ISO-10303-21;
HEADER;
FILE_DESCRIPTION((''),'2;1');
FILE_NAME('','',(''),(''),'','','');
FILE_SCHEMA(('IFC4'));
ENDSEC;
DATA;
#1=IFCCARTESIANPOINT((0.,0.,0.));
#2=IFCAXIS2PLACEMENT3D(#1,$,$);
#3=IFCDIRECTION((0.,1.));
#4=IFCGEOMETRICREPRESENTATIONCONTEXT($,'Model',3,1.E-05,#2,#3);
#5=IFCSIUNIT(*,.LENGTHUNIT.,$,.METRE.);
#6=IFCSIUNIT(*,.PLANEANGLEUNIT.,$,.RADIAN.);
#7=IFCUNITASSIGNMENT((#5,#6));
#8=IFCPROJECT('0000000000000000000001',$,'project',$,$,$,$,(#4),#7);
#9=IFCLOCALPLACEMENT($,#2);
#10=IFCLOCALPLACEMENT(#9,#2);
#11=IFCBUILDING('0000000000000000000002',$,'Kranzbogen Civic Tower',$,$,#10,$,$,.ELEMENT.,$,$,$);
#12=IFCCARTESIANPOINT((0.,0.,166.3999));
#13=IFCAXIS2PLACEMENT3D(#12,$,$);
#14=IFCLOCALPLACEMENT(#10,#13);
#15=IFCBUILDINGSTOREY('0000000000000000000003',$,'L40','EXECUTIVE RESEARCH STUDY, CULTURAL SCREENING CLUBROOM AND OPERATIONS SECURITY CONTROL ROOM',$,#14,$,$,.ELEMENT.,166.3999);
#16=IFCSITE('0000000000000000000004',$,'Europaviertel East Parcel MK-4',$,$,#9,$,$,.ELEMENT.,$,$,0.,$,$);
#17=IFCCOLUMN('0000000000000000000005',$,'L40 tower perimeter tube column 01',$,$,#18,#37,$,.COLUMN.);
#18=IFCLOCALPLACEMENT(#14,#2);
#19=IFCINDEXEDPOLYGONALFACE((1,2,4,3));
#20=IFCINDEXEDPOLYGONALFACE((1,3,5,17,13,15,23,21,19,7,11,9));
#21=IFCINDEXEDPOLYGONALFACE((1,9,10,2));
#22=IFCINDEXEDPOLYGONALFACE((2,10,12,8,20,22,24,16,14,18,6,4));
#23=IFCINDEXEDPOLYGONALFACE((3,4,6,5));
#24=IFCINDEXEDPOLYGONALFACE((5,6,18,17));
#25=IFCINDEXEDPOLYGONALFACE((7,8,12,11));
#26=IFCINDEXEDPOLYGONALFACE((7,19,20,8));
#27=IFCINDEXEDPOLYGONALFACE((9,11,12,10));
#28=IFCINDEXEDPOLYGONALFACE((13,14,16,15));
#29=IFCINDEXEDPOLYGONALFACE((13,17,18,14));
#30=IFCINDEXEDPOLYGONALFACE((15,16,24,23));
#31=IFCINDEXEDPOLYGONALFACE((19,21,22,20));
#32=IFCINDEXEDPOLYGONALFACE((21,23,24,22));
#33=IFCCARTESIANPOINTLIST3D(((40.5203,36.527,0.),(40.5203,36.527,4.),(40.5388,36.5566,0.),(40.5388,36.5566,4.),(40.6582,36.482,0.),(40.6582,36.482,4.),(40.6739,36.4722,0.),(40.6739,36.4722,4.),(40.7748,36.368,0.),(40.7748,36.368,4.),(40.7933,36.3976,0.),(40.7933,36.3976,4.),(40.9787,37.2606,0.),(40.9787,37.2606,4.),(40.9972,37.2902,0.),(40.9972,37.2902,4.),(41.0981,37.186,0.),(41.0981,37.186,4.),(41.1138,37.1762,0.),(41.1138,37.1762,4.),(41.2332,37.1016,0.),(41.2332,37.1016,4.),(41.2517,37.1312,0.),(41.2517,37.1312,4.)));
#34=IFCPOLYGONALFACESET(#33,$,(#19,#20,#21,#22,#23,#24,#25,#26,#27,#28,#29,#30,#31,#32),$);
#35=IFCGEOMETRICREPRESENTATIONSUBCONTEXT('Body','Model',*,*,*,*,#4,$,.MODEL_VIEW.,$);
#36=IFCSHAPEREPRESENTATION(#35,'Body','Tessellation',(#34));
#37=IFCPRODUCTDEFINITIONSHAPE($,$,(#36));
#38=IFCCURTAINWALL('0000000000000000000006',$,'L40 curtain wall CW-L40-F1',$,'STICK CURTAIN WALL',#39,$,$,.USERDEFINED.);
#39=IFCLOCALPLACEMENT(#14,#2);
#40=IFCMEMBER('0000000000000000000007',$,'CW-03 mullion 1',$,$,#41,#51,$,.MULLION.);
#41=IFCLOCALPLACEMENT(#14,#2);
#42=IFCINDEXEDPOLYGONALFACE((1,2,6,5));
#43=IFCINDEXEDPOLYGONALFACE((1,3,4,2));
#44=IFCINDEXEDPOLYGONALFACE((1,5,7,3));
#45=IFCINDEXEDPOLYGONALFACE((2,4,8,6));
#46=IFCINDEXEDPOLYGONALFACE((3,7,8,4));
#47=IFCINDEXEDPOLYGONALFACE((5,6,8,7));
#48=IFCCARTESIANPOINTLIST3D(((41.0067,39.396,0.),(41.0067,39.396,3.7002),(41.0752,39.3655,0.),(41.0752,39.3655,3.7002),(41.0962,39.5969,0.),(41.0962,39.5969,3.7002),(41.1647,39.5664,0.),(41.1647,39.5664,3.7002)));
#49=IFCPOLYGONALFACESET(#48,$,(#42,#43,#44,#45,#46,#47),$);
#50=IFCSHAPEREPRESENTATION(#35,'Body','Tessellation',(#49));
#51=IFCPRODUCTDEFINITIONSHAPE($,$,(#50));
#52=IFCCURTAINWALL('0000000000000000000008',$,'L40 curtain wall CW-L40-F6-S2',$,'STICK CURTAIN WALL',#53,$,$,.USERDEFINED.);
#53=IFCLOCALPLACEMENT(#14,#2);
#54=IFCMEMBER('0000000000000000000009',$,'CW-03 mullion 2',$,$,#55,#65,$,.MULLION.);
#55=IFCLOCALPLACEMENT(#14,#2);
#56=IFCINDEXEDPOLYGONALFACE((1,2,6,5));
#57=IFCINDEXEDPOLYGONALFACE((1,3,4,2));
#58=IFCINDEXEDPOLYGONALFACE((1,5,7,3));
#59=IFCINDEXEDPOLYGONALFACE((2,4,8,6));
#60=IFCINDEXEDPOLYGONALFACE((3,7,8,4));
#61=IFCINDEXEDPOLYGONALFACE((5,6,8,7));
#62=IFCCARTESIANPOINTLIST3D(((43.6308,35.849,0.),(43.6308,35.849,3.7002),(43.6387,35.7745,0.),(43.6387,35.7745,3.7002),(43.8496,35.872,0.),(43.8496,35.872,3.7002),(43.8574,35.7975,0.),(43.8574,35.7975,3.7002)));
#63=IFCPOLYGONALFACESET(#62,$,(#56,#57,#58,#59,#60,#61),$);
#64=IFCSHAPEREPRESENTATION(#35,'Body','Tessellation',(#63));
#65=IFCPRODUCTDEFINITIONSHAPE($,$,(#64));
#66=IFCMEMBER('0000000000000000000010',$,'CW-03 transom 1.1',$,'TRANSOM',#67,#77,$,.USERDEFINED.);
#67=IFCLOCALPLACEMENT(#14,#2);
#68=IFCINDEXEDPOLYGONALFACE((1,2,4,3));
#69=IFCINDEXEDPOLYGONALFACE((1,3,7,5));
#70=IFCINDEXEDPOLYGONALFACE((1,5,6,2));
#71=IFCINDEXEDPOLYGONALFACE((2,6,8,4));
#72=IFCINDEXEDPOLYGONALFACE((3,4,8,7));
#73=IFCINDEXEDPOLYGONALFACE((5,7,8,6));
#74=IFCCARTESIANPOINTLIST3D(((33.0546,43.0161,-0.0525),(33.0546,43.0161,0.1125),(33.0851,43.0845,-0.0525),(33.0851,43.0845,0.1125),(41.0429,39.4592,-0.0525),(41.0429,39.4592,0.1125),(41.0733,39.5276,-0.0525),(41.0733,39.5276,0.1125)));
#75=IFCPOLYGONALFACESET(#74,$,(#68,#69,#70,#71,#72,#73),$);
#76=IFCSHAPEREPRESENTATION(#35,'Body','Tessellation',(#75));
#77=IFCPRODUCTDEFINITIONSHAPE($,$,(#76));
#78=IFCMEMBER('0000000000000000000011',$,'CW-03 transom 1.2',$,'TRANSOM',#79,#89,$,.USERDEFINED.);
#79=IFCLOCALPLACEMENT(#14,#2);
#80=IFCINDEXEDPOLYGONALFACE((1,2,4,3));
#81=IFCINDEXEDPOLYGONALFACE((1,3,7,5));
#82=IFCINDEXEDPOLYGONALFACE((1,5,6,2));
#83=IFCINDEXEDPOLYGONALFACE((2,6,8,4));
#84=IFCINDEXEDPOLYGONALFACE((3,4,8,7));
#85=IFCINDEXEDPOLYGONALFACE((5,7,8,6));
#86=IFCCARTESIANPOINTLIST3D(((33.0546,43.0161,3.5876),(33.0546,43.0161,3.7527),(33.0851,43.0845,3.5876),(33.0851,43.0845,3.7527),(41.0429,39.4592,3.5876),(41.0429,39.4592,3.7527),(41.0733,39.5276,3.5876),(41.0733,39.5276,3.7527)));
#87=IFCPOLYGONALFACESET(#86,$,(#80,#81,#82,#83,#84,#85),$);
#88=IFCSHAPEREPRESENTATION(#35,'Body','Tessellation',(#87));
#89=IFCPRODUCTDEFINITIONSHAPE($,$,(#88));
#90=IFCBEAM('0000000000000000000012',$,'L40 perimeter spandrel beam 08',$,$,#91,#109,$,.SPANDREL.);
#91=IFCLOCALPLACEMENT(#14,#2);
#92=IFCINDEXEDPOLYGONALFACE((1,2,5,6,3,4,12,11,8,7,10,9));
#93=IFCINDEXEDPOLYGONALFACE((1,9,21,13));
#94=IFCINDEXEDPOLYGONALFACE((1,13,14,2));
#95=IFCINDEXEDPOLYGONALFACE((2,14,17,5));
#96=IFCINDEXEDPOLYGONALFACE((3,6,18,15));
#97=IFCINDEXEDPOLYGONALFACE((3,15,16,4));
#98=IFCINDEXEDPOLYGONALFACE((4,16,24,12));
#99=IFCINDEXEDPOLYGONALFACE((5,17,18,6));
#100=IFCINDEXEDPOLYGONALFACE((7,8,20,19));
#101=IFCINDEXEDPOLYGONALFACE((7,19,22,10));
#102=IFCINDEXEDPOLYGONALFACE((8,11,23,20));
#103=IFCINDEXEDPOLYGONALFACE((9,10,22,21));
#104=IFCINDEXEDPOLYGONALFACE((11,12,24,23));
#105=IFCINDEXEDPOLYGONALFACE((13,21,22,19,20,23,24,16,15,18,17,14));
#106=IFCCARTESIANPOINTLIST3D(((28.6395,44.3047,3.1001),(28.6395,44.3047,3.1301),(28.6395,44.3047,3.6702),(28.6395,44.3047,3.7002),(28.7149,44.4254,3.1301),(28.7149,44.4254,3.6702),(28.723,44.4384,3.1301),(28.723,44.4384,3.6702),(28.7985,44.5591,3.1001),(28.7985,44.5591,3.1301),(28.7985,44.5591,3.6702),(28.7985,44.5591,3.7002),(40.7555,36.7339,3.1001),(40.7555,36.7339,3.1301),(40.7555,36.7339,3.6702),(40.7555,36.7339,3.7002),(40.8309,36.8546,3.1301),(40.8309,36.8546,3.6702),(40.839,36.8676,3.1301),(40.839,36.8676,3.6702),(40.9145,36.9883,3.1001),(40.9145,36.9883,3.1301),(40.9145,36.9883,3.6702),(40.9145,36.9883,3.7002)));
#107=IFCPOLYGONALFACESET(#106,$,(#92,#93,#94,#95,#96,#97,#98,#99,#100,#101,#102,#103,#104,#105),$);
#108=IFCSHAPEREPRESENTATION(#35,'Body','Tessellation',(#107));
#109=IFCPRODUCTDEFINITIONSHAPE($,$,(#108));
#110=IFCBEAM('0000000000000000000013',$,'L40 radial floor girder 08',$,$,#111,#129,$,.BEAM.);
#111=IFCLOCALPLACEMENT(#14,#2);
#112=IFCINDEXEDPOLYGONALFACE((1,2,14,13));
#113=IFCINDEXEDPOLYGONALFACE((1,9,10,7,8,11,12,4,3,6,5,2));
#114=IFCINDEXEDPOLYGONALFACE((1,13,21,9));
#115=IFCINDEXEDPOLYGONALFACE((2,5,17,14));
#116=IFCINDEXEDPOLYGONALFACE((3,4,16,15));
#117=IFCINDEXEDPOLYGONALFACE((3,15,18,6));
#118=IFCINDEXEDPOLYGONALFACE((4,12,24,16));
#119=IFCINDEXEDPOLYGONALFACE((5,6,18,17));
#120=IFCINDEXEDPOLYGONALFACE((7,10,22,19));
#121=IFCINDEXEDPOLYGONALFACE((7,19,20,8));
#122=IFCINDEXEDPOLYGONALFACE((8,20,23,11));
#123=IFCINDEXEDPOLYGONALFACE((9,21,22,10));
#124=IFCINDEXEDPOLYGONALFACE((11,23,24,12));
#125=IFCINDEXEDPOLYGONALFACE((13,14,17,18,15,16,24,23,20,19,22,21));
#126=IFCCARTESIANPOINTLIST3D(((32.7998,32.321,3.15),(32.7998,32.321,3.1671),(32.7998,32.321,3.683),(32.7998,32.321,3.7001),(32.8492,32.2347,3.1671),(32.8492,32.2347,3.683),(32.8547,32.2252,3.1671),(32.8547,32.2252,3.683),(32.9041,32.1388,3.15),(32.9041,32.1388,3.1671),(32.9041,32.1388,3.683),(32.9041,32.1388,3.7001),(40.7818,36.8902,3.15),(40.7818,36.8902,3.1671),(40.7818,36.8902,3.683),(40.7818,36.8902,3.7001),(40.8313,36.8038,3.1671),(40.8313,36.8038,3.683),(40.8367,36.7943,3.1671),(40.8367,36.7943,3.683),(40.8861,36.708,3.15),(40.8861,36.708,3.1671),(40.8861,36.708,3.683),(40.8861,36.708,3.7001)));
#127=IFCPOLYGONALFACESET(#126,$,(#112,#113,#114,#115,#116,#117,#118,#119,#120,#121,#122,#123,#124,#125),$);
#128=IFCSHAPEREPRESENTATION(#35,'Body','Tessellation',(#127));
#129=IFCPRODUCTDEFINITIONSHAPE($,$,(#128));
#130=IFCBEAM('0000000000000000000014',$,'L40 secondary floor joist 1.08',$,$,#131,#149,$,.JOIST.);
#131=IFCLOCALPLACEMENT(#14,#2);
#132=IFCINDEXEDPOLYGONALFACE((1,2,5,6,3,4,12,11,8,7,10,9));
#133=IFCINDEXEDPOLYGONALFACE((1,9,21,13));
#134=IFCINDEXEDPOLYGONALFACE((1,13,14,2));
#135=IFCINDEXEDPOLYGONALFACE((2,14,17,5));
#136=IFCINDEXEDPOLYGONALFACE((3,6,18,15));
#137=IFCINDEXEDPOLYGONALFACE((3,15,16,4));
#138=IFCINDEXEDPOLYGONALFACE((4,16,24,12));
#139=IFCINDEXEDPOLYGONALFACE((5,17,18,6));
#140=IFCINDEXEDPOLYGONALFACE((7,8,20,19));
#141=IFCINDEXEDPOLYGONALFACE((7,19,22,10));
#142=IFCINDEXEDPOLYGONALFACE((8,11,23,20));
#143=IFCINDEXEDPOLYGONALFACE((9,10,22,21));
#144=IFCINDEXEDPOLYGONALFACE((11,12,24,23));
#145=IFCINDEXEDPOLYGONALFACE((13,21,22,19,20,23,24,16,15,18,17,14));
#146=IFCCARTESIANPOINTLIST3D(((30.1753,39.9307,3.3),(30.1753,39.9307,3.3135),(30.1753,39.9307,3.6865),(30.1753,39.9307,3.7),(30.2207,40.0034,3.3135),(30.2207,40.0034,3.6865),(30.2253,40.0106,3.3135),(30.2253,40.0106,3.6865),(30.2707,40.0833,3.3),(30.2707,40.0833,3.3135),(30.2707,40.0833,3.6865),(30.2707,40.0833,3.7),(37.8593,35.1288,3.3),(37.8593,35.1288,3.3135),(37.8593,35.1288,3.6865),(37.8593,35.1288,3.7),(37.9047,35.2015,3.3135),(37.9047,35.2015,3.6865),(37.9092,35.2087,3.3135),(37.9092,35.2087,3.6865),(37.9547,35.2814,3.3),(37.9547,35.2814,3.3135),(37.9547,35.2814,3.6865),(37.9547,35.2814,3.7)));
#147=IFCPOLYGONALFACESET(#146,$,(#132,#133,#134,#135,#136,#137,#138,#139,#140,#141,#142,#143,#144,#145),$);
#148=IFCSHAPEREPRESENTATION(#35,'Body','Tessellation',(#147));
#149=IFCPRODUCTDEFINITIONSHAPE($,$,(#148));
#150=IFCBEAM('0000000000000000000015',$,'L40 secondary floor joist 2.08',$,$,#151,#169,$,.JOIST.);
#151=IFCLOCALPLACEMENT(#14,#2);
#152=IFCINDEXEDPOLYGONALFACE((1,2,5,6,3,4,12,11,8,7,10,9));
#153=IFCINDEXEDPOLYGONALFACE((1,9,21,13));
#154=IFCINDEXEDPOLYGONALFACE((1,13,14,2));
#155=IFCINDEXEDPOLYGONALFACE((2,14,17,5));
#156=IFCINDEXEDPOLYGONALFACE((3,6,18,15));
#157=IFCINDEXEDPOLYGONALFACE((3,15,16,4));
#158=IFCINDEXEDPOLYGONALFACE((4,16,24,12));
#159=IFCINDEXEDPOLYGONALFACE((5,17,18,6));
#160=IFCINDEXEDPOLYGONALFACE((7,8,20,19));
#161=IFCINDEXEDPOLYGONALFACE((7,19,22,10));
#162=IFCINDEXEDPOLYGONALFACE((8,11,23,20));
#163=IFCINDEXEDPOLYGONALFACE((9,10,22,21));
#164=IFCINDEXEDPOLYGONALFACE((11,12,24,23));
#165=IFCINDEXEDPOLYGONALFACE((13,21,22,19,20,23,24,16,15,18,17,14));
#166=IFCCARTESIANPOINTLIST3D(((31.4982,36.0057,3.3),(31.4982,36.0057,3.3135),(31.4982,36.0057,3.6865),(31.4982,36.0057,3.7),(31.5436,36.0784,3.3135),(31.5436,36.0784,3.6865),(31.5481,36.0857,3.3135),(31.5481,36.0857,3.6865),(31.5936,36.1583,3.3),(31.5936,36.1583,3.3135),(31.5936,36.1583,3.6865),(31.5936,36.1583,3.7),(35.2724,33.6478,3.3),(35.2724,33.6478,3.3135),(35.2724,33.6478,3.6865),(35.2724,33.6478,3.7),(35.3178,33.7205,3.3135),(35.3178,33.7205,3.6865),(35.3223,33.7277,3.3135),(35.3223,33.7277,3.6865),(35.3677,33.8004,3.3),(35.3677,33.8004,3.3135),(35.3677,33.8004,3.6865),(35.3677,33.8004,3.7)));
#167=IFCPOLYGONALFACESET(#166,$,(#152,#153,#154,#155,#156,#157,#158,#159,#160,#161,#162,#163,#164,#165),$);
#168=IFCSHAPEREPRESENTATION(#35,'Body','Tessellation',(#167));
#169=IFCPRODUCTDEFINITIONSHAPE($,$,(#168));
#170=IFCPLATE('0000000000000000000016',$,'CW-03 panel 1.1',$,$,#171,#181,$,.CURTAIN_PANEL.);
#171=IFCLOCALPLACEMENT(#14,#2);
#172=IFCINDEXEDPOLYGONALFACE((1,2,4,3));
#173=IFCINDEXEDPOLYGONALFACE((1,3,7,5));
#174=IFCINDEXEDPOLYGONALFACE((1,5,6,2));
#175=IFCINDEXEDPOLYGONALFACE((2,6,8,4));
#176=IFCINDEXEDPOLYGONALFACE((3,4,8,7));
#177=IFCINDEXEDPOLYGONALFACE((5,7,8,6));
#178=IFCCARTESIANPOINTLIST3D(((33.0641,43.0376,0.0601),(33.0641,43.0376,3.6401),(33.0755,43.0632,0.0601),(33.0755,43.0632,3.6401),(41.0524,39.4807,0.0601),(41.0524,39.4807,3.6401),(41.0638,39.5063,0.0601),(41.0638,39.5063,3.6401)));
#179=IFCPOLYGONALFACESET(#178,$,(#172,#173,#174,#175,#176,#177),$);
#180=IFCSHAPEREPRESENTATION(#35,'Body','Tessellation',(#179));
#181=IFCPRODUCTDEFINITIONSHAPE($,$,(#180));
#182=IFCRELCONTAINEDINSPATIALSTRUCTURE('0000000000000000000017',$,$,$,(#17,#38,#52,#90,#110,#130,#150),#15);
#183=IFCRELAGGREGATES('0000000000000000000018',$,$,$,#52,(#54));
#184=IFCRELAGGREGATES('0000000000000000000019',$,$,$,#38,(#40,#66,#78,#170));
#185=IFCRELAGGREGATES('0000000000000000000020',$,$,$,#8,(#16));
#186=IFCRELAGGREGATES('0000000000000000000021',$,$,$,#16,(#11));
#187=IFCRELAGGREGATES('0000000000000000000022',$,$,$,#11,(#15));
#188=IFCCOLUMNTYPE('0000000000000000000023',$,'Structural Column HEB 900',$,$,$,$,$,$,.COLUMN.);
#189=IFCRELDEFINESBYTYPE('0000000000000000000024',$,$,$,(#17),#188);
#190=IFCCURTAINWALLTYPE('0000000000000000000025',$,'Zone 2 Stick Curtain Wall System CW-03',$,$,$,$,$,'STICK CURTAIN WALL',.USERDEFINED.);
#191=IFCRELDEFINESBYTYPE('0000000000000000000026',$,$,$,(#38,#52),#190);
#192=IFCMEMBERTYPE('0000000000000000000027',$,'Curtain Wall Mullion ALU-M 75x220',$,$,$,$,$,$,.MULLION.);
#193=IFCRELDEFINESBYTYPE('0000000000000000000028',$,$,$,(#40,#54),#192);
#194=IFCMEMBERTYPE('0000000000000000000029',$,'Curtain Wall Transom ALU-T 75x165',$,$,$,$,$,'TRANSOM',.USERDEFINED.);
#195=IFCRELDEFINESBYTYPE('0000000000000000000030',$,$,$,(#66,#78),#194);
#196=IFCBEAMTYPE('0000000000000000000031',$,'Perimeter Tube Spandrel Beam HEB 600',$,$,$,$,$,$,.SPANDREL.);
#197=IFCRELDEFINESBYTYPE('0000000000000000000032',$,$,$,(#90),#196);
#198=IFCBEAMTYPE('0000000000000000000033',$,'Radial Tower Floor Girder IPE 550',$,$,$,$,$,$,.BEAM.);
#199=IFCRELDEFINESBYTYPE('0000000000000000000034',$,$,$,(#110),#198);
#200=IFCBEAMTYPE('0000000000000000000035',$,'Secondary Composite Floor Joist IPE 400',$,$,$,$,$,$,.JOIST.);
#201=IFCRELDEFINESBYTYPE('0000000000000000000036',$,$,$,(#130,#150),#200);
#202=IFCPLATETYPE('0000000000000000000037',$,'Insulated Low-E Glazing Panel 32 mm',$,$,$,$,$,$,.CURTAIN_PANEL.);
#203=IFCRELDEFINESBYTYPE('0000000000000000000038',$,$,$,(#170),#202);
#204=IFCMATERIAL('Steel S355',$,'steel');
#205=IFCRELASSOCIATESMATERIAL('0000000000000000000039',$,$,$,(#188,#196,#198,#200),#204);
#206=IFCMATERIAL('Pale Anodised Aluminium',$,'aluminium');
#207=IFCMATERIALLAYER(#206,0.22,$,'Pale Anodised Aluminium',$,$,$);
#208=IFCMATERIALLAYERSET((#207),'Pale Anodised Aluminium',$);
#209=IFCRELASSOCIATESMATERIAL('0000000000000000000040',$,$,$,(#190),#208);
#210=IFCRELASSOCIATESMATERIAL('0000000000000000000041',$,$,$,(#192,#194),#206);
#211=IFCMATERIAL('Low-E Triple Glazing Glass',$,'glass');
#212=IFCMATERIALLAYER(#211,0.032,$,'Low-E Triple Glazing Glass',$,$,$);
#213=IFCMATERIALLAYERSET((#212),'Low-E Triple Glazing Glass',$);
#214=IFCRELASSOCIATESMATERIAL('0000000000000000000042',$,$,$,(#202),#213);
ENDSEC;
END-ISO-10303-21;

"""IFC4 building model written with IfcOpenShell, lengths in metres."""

from ifc_helpers import new_model, si_unit, direction, frame, origin, origin_2d, place, context, subcontext, project, spatial, rectangle, i_section, extrude, material, layer, layer_set, material_profile, profile_set, type_object, element, aggregate, save


model = new_model("IFC4")

# Units and contexts
model_context = context("Model", 3, precision=1e-05, world=origin(), true_north=direction((0.0, 1.0)))
body_context = subcontext(model_context, "Body", "Model", "MODEL_VIEW")
ifc_project = project(units=[si_unit("LENGTHUNIT", "METRE"), si_unit("PLANEANGLEUNIT", "RADIAN")], contexts=[model_context])

# Site, building, storey
site_placement = place(None, origin())
site = spatial("IfcSite", under=ifc_project, at=site_placement, Name="Europaviertel East Parcel MK-4", CompositionType="ELEMENT", RefElevation=0.0)
building_placement = place(site_placement, origin())
building = spatial("IfcBuilding", under=site, at=building_placement, Name="Kranzbogen Civic Tower", CompositionType="ELEMENT")
storey_placement = place(building_placement, frame((0.0, 0.0, 166.3999)))
storey = spatial("IfcBuildingStorey", under=building, at=storey_placement, Name="L40", Description="EXECUTIVE RESEARCH STUDY, CULTURAL SCREENING CLUBROOM AND OPERATIONS SECURITY CONTROL ROOM", CompositionType="ELEMENT", Elevation=166.3999)

# Column
ifc_material_1 = material(Name="Steel S355", Category="steel")
ifc_material_profile_1 = material_profile(ifc_material_1, i_section(OverallWidth=0.3, OverallDepth=0.8999, WebThickness=0.0186, FlangeThickness=0.0349, at=origin_2d()), Name="HEB 900")
ifc_profile_set_1 = profile_set([ifc_material_profile_1], Name="Steel S355")
column_type = type_object("IfcColumnType", Name="Structural Column HEB 900", PredefinedType="COLUMN", material=ifc_profile_set_1)
column_placement = place(storey_placement, frame((40.886, 36.8291, 0.0), z_axis=(0.0, 0.0, 1.0), x_axis=(-0.848048, 0.529919, 0.0)))
element("IfcColumn", 1, at=column_placement, inside=storey, type_object=column_type, Name="L40 tower perimeter tube column 01", PredefinedType="COLUMN", context=body_context, shape_type="SweptSolid", body=[
    extrude(i_section(OverallWidth=0.3, OverallDepth=0.8999, WebThickness=0.0186, FlangeThickness=0.0349, at=origin_2d()), origin(), (0.0, 0.0, 1.0), 4.0),
])

# Curtain walls, members
ifc_material_2 = material(Name="Pale Anodised Aluminium", Category="aluminium")
ifc_layer_1 = layer(ifc_material_2, 0.22, Name="Pale Anodised Aluminium")
ifc_layer_set_1 = layer_set([ifc_layer_1], Name="Pale Anodised Aluminium")
curtain_wall_type = type_object("IfcCurtainWallType", Name="Zone 2 Stick Curtain Wall System CW-03", ElementType="STICK CURTAIN WALL", PredefinedType="USERDEFINED", material=ifc_layer_set_1)
curtain_wall_1_placement = place(storey_placement, origin())
curtain_wall_1 = element("IfcCurtainWall", 2, at=curtain_wall_1_placement, inside=storey, type_object=curtain_wall_type, Name="L40 curtain wall CW-L40-F1", ObjectType="STICK CURTAIN WALL", PredefinedType="USERDEFINED")
ifc_material_profile_2 = material_profile(ifc_material_2, rectangle(XDim=0.075, YDim=0.22, at=origin_2d()), Name="ALU-M 75x220")
ifc_profile_set_2 = profile_set([ifc_material_profile_2], Name="Pale Anodised Aluminium")
member_type_1 = type_object("IfcMemberType", Name="Curtain Wall Mullion ALU-M 75x220", PredefinedType="MULLION", material=ifc_profile_set_2)
member_1_placement = place(storey_placement, frame((41.0857, 39.4812, 0.0), z_axis=(0.0, 0.0, 1.0), x_axis=(-0.913534, 0.406763, 0.0)))
member_1 = element("IfcMember", 3, at=member_1_placement, type_object=member_type_1, Name="CW-03 mullion 1", PredefinedType="MULLION", context=body_context, shape_type="SweptSolid", body=[
    extrude(rectangle(XDim=0.075, YDim=0.22, at=origin_2d()), origin(), (0.0, 0.0, 1.0), 3.7002),
])
curtain_wall_2_placement = place(storey_placement, origin())
curtain_wall_2 = element("IfcCurtainWall", 4, at=curtain_wall_2_placement, inside=storey, type_object=curtain_wall_type, Name="L40 curtain wall CW-L40-F6-S2", ObjectType="STICK CURTAIN WALL", PredefinedType="USERDEFINED")
member_2_placement = place(storey_placement, frame((43.7441, 35.8232, 0.0), z_axis=(0.0, 0.0, 1.0), x_axis=(-0.104535, 0.994521, 0.0)))
member_2 = element("IfcMember", 5, at=member_2_placement, type_object=member_type_1, Name="CW-03 mullion 2", PredefinedType="MULLION", context=body_context, shape_type="SweptSolid", body=[
    extrude(rectangle(XDim=0.075, YDim=0.22, at=origin_2d()), origin(), (0.0, 0.0, 1.0), 3.7002),
])
aggregate(curtain_wall_2, [member_2])

# Members
ifc_material_profile_3 = material_profile(ifc_material_2, rectangle(XDim=0.075, YDim=0.165, at=origin_2d()), Name="ALU-T 75x165")
ifc_profile_set_3 = profile_set([ifc_material_profile_3], Name="Pale Anodised Aluminium")
member_type_2 = type_object("IfcMemberType", Name="Curtain Wall Transom ALU-T 75x165", ElementType="TRANSOM", PredefinedType="USERDEFINED", material=ifc_profile_set_3)
member_3_placement = place(storey_placement, frame((41.0581, 39.4934, 0.03), z_axis=(-0.913534, 0.406763, 0.0), x_axis=(-0.406763, -0.913534, 0.0)))
member_3 = element("IfcMember", 6, at=member_3_placement, type_object=member_type_2, Name="CW-03 transom 1.1", ObjectType="TRANSOM", PredefinedType="USERDEFINED", context=body_context, shape_type="SweptSolid", body=[
    extrude(rectangle(XDim=0.075, YDim=0.165, at=origin_2d()), origin(), (0.0, 0.0, 1.0), 8.7444),
])
member_4_placement = place(storey_placement, frame((41.0581, 39.4934, 3.6702), z_axis=(-0.913534, 0.406763, 0.0), x_axis=(-0.406763, -0.913534, 0.0)))
member_4 = element("IfcMember", 7, at=member_4_placement, type_object=member_type_2, Name="CW-03 transom 1.2", ObjectType="TRANSOM", PredefinedType="USERDEFINED", context=body_context, shape_type="SweptSolid", body=[
    extrude(rectangle(XDim=0.075, YDim=0.165, at=origin_2d()), origin(), (0.0, 0.0, 1.0), 8.7444),
])

# Beams
ifc_material_profile_4 = material_profile(ifc_material_1, i_section(OverallWidth=0.3, OverallDepth=0.6001, WebThickness=0.0154, FlangeThickness=0.03, at=origin_2d()), Name="HEB 600")
ifc_profile_set_4 = profile_set([ifc_material_profile_4], Name="Steel S355")
beam_type_1 = type_object("IfcBeamType", Name="Perimeter Tube Spandrel Beam HEB 600", PredefinedType="SPANDREL", material=ifc_profile_set_4)
beam_1_placement = place(storey_placement, frame((40.835, 36.8611, 3.4001), z_axis=(-0.848051, 0.529914, 0.0), x_axis=(-0.529914, -0.848051, 0.0)))
element("IfcBeam", 8, at=beam_1_placement, inside=storey, type_object=beam_type_1, Name="L40 perimeter spandrel beam 08", PredefinedType="SPANDREL", context=body_context, shape_type="SweptSolid", body=[
    extrude(i_section(OverallWidth=0.3, OverallDepth=0.6001, WebThickness=0.0154, FlangeThickness=0.03, at=origin_2d()), origin(), (0.0, 0.0, 1.0), 14.2869),
])
ifc_material_profile_5 = material_profile(ifc_material_1, i_section(OverallWidth=0.21, OverallDepth=0.55, WebThickness=0.011, FlangeThickness=0.0171, at=origin_2d()), Name="IPE 550")
ifc_profile_set_5 = profile_set([ifc_material_profile_5], Name="Steel S355")
beam_type_2 = type_object("IfcBeamType", Name="Radial Tower Floor Girder IPE 550", PredefinedType="BEAM", material=ifc_profile_set_5)
beam_2_placement = place(storey_placement, frame((40.834, 36.7991, 3.425), z_axis=(-0.867869, -0.496793, 0.0), x_axis=(0.496793, -0.867869, 0.0)))
element("IfcBeam", 9, at=beam_2_placement, inside=storey, type_object=beam_type_2, Name="L40 radial floor girder 08", PredefinedType="BEAM", context=body_context, shape_type="SweptSolid", body=[
    extrude(i_section(OverallWidth=0.21, OverallDepth=0.55, WebThickness=0.011, FlangeThickness=0.0171, at=origin_2d()), origin(), (0.0, 0.0, 1.0), 9.1973),
])
ifc_material_profile_6 = material_profile(ifc_material_1, i_section(OverallWidth=0.1799, OverallDepth=0.3999, WebThickness=0.0085, FlangeThickness=0.0134, at=origin_2d()), Name="IPE 400")
ifc_profile_set_6 = profile_set([ifc_material_profile_6], Name="Steel S355")
beam_type_3 = type_object("IfcBeamType", Name="Secondary Composite Floor Joist IPE 400", PredefinedType="JOIST", material=ifc_profile_set_6)
beam_3_placement = place(storey_placement, frame((37.907, 35.2051, 3.5), z_axis=(-0.848026, 0.529955, 0.0), x_axis=(-0.529955, -0.848026, 0.0)))
element("IfcBeam", 10, at=beam_3_placement, inside=storey, type_object=beam_type_3, Name="L40 secondary floor joist 1.08", PredefinedType="JOIST", context=body_context, shape_type="SweptSolid", body=[
    extrude(i_section(OverallWidth=0.1799, OverallDepth=0.3999, WebThickness=0.0085, FlangeThickness=0.0134, at=origin_2d()), origin(), (0.0, 0.0, 1.0), 9.061),
])
beam_4_placement = place(storey_placement, frame((35.3201, 33.7241, 3.5), z_axis=(-0.848094, 0.529846, 0.0), x_axis=(-0.529846, -0.848094, 0.0)))
element("IfcBeam", 11, at=beam_4_placement, inside=storey, type_object=beam_type_3, Name="L40 secondary floor joist 2.08", PredefinedType="JOIST", context=body_context, shape_type="SweptSolid", body=[
    extrude(i_section(OverallWidth=0.1799, OverallDepth=0.3999, WebThickness=0.0085, FlangeThickness=0.0134, at=origin_2d()), origin(), (0.0, 0.0, 1.0), 4.4502),
])

# Plate
ifc_material_3 = material(Name="Low-E Triple Glazing Glass", Category="glass")
ifc_layer_2 = layer(ifc_material_3, 0.032, Name="Low-E Triple Glazing Glass")
ifc_layer_set_2 = layer_set([ifc_layer_2], Name="Low-E Triple Glazing Glass")
plate_type = type_object("IfcPlateType", Name="Insulated Low-E Glazing Panel 32 mm", PredefinedType="CURTAIN_PANEL", material=ifc_layer_set_2)
plate_placement = place(storey_placement, frame((37.064, 41.272, 0.0601), z_axis=(0.0, 0.0, 1.0), x_axis=(-0.913534, 0.406763, 0.0)))
plate = element("IfcPlate", 12, at=plate_placement, type_object=plate_type, Name="CW-03 panel 1.1", PredefinedType="CURTAIN_PANEL", context=body_context, shape_type="SweptSolid", body=[
    extrude(rectangle(XDim=8.7444, YDim=0.0281, at=origin_2d()), origin(), (0.0, 0.0, 1.0), 3.5801),
])
aggregate(curtain_wall_1, [member_1, member_3, member_4, plate])

save(model, "model.ifc")
